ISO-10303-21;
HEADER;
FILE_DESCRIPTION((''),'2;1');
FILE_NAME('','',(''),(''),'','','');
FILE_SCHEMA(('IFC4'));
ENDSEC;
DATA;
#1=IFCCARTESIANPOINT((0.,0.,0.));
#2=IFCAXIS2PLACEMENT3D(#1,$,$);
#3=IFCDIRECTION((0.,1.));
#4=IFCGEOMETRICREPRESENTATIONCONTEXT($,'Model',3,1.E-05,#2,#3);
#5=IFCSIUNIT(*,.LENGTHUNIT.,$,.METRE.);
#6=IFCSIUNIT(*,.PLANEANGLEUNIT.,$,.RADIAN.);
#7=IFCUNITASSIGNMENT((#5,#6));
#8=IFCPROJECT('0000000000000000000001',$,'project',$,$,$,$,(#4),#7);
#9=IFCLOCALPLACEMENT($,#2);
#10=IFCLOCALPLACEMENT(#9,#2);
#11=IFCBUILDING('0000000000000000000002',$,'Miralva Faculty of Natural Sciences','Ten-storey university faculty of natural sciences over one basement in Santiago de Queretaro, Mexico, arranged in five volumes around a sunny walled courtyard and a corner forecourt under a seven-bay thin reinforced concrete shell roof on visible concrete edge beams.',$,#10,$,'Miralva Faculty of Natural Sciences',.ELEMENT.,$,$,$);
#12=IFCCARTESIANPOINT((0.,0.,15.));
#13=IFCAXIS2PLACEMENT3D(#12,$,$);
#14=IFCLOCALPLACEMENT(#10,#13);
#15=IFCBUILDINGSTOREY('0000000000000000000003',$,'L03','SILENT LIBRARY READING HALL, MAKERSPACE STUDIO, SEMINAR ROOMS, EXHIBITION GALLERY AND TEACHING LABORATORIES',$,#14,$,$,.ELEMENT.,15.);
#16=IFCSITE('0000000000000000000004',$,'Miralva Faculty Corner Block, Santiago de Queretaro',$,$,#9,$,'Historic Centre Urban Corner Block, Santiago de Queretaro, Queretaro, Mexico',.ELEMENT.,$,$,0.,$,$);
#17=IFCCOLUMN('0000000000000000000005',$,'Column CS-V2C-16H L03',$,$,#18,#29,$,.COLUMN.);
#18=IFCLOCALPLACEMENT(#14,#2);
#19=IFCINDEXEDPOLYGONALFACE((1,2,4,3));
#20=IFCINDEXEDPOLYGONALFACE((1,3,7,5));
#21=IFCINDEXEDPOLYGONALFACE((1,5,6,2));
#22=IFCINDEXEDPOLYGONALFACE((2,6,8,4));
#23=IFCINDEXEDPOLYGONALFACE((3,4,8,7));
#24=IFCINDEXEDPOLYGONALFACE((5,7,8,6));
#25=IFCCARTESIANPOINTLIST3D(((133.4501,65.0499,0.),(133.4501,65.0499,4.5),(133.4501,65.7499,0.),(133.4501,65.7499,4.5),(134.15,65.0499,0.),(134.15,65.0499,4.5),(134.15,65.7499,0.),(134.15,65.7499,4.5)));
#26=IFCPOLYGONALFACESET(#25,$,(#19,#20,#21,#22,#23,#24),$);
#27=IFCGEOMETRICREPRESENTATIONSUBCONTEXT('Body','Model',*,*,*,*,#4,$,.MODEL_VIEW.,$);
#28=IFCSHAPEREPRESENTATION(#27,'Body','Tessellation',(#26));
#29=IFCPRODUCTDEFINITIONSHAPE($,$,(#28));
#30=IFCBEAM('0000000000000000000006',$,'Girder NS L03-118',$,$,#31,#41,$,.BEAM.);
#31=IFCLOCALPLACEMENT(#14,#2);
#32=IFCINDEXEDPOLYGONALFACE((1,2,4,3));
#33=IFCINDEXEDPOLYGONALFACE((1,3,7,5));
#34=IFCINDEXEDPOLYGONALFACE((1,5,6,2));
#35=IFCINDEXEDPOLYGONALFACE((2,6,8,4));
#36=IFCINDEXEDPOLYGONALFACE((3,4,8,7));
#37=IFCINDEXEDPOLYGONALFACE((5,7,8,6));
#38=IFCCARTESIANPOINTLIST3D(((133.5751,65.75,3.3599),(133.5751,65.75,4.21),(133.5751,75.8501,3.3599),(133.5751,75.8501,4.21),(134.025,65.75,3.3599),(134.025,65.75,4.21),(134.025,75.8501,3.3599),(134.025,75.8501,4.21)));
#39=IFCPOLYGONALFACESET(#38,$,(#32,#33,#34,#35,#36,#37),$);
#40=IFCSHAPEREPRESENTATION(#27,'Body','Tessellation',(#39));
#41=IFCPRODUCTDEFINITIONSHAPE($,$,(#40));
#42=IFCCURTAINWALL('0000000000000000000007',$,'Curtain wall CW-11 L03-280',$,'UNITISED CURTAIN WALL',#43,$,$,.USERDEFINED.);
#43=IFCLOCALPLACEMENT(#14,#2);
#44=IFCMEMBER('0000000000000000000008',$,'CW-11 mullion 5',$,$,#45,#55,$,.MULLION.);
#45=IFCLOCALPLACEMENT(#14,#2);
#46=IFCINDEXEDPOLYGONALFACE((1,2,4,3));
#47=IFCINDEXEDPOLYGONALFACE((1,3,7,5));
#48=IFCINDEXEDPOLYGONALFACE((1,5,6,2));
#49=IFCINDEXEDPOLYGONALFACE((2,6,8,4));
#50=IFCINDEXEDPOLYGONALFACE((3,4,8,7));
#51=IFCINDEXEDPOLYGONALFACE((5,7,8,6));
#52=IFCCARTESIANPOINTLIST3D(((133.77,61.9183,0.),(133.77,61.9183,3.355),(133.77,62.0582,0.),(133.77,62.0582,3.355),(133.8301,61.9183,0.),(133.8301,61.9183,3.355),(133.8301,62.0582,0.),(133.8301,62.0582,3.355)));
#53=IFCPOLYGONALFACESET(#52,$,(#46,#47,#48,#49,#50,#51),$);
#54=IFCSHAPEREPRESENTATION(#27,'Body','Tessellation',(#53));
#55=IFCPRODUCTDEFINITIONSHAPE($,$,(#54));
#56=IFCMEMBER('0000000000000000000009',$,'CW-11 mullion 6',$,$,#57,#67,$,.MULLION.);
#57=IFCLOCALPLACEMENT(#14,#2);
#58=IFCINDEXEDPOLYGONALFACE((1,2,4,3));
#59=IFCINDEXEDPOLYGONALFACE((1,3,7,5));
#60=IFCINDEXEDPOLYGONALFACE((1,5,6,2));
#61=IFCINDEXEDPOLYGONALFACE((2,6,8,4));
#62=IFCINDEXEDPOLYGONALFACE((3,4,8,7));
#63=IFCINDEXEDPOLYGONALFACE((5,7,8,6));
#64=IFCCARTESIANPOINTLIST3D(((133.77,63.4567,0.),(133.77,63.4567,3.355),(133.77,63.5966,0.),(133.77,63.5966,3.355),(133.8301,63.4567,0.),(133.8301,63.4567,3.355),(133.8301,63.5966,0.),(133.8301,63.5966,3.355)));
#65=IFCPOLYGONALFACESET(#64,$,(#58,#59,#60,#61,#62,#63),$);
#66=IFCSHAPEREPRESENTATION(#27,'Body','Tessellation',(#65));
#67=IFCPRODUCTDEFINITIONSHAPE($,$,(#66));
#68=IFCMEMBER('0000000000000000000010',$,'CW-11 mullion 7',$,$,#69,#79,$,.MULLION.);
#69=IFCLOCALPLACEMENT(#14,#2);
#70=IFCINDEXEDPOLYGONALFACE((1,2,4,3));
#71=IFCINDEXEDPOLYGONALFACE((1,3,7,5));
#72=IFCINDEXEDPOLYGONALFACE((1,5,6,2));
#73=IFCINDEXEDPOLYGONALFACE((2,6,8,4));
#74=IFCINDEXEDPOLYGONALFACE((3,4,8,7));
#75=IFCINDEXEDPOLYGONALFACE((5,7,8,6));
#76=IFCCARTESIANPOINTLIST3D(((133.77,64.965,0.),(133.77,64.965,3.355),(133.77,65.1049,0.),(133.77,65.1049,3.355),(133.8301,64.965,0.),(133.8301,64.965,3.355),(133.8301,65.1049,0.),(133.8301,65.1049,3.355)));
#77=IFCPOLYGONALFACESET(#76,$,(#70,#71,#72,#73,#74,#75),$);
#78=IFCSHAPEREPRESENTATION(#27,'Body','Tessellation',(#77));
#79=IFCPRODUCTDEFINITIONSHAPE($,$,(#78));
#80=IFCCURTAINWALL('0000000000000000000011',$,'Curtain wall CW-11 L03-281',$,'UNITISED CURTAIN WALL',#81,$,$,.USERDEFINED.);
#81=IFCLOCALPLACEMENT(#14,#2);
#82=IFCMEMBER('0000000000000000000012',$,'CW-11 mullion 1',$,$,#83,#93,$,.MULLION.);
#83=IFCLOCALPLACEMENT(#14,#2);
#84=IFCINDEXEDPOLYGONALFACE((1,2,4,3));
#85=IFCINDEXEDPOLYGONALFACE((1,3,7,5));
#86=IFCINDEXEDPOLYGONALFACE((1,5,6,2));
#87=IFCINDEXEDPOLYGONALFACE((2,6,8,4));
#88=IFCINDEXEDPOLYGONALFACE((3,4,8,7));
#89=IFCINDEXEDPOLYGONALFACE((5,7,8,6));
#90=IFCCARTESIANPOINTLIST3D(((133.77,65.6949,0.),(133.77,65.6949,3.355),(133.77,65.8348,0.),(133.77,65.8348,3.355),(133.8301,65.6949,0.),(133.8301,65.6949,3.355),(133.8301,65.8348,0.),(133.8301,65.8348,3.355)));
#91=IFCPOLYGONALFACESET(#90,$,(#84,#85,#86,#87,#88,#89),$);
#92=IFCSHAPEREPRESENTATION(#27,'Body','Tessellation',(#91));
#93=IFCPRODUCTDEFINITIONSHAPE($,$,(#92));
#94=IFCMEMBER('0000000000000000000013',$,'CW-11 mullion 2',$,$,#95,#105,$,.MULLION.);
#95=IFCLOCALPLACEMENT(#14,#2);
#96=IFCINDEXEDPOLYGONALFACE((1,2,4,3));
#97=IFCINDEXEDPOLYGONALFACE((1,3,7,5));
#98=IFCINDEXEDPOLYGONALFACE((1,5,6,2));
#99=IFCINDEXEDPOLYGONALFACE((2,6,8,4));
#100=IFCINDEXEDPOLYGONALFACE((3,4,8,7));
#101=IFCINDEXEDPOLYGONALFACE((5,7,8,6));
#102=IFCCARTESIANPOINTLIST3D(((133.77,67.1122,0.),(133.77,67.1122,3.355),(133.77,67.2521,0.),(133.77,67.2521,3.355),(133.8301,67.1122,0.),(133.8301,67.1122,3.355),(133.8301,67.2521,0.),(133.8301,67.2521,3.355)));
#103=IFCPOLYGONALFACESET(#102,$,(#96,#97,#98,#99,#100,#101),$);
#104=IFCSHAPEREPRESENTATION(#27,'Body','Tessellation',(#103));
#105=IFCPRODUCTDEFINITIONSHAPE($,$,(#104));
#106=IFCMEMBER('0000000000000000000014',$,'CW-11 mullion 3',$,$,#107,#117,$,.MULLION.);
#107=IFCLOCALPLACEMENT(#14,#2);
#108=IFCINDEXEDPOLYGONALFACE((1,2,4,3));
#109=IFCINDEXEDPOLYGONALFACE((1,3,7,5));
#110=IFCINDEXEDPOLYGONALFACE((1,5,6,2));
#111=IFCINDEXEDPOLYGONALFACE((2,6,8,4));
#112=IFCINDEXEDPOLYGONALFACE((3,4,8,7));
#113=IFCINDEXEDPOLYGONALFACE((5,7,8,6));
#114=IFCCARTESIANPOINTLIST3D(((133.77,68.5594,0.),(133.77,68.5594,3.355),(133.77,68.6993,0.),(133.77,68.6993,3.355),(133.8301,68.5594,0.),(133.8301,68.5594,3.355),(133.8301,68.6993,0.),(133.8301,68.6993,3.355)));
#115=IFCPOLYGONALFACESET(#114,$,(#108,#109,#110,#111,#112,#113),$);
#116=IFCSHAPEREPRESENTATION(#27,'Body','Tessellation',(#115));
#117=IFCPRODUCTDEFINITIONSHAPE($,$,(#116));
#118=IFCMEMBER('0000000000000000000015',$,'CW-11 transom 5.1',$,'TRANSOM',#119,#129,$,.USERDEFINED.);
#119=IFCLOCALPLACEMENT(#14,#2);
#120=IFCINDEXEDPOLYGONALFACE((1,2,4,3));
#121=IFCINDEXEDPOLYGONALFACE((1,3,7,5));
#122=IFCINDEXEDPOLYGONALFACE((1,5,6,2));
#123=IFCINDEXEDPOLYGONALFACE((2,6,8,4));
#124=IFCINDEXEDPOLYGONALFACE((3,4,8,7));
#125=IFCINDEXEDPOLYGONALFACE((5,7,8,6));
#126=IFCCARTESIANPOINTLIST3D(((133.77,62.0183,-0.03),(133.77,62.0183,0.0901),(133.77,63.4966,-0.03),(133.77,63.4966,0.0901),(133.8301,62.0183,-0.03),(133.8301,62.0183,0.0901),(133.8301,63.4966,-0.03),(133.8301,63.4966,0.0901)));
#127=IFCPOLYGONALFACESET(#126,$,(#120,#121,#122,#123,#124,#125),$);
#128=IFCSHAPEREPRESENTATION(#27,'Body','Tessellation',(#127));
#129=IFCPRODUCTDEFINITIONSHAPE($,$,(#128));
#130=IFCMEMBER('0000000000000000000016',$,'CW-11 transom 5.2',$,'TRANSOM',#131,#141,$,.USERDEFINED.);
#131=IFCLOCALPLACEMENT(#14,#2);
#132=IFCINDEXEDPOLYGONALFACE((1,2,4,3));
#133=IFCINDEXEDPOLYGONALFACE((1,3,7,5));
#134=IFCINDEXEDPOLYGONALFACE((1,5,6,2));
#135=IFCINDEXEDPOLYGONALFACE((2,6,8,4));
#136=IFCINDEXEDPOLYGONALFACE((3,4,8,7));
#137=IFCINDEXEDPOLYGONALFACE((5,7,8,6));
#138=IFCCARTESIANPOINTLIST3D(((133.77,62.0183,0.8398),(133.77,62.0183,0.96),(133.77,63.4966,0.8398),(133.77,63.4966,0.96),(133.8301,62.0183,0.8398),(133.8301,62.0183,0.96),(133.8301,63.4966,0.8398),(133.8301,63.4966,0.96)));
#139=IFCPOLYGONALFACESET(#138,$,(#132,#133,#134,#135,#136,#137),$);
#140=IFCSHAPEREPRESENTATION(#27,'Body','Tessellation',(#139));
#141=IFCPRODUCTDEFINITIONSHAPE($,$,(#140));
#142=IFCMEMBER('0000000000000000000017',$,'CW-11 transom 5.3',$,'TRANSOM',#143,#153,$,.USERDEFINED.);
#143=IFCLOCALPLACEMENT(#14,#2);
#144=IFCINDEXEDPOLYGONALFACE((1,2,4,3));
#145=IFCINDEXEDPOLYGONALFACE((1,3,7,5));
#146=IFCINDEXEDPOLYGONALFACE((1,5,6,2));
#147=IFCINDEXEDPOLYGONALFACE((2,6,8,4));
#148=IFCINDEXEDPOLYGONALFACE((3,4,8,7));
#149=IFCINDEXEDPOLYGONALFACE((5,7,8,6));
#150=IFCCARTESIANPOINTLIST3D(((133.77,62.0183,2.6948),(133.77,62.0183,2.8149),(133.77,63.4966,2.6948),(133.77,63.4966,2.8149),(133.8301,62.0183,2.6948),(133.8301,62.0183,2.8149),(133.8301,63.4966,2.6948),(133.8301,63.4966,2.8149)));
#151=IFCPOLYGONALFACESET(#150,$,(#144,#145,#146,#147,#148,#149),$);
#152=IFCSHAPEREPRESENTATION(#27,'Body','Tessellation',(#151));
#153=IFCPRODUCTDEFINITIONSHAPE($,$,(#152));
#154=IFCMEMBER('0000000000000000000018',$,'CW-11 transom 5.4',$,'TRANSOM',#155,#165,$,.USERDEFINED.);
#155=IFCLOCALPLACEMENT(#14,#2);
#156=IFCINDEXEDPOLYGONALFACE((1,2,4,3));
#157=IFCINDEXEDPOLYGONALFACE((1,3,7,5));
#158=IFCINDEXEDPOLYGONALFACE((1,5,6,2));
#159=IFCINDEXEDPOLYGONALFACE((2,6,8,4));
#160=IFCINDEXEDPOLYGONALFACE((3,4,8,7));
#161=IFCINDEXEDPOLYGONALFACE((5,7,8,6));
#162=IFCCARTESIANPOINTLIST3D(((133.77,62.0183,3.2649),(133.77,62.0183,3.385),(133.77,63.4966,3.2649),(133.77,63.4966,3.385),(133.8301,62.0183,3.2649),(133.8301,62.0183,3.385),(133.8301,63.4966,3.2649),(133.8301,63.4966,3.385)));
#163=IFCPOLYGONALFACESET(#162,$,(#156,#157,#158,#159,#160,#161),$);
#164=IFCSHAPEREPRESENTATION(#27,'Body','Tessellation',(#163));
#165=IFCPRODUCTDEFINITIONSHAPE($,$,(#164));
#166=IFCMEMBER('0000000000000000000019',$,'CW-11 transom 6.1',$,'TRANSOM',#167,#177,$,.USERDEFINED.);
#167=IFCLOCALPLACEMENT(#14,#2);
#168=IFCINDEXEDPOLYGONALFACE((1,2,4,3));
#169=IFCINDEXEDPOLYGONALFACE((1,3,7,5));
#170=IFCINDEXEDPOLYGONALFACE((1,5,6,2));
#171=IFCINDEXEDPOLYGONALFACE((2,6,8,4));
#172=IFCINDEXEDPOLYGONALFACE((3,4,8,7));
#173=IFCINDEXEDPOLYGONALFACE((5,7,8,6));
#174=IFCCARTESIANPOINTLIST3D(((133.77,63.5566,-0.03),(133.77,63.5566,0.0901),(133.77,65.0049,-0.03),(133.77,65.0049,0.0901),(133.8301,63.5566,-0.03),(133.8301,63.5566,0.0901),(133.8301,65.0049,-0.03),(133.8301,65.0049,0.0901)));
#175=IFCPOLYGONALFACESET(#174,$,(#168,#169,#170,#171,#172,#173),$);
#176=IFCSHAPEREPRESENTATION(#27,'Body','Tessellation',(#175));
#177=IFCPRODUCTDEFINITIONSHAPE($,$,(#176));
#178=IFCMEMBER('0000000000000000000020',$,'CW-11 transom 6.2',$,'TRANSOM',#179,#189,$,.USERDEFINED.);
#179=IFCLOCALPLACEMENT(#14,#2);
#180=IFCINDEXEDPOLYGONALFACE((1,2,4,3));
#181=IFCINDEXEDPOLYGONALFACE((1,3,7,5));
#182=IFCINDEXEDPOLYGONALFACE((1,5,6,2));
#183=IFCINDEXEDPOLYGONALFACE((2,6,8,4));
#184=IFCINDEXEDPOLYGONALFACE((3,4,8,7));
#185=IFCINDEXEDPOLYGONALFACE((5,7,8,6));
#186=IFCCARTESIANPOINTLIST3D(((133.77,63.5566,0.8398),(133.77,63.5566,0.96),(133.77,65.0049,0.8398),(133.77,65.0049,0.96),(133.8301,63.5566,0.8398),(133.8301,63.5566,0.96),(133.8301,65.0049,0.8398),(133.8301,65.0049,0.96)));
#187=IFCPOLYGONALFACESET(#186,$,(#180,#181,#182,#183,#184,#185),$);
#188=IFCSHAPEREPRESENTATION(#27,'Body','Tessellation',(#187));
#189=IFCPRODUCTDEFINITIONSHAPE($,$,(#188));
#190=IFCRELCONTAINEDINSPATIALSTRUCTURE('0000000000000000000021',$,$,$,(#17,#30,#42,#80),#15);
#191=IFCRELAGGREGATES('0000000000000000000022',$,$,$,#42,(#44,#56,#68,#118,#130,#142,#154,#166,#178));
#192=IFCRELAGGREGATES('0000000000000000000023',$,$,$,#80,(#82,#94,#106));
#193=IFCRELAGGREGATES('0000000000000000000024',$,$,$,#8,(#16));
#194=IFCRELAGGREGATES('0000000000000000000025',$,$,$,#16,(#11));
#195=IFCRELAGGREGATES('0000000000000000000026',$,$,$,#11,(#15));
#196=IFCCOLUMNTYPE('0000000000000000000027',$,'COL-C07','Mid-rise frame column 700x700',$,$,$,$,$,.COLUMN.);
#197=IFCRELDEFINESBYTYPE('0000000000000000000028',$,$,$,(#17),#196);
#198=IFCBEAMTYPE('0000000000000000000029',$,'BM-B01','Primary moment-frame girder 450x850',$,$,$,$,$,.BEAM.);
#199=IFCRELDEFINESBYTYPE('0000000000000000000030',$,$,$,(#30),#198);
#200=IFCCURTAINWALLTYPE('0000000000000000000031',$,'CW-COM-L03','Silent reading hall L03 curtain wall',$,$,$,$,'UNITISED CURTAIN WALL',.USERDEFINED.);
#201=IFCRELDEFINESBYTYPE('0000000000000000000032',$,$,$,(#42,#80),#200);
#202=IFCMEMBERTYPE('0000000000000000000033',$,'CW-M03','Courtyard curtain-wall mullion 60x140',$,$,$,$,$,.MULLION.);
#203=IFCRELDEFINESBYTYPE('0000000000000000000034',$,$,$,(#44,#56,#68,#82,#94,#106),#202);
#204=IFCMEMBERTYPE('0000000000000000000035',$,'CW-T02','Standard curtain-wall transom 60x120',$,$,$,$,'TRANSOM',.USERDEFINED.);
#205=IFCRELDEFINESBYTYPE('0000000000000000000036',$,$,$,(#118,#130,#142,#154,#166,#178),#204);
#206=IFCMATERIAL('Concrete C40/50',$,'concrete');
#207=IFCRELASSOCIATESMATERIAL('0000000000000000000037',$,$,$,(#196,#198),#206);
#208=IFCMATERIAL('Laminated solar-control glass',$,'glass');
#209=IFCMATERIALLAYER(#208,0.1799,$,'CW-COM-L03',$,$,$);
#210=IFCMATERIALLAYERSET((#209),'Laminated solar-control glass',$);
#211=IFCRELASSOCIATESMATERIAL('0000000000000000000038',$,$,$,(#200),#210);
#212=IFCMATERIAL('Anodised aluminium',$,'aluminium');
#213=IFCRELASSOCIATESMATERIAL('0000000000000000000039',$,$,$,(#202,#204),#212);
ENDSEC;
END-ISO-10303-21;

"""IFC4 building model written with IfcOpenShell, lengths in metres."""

from ifc_helpers import new_model, si_unit, direction, frame, origin, origin_2d, place, context, subcontext, project, spatial, rectangle, extrude, material, layer, layer_set, material_profile, profile_set, type_object, element, aggregate, save


model = new_model("IFC4")

# Units and contexts
model_context = context("Model", 3, precision=1e-05, world=origin(), true_north=direction((0.0, 1.0)))
body_context = subcontext(model_context, "Body", "Model", "MODEL_VIEW")
ifc_project = project(units=[si_unit("LENGTHUNIT", "METRE"), si_unit("PLANEANGLEUNIT", "RADIAN")], contexts=[model_context])

# Site, building, storey
site_placement = place(None, origin())
site = spatial("IfcSite", under=ifc_project, at=site_placement, Name="Miralva Faculty Corner Block, Santiago de Queretaro", LongName="Historic Centre Urban Corner Block, Santiago de Queretaro, Queretaro, Mexico", CompositionType="ELEMENT", RefElevation=0.0)
building_placement = place(site_placement, origin())
building = spatial("IfcBuilding", under=site, at=building_placement, Name="Miralva Faculty of Natural Sciences", Description="Ten-storey university faculty of natural sciences over one basement in Santiago de Queretaro, Mexico, arranged in five volumes around a sunny walled courtyard and a corner forecourt under a seven-bay thin reinforced concrete shell roof on visible concrete edge beams.", LongName="Miralva Faculty of Natural Sciences", CompositionType="ELEMENT")
storey_placement = place(building_placement, frame((0.0, 0.0, 15.0)))
storey = spatial("IfcBuildingStorey", under=building, at=storey_placement, Name="L03", Description="SILENT LIBRARY READING HALL, MAKERSPACE STUDIO, SEMINAR ROOMS, EXHIBITION GALLERY AND TEACHING LABORATORIES", CompositionType="ELEMENT", Elevation=15.0)

# Column
ifc_material_1 = material(Name="Concrete C40/50", Category="concrete")
ifc_material_profile_1 = material_profile(ifc_material_1, rectangle(XDim=0.7, YDim=0.7, at=origin_2d()), Name="RC 700x700")
ifc_profile_set_1 = profile_set([ifc_material_profile_1], Name="Concrete C40/50")
column_type = type_object("IfcColumnType", Name="COL-C07", Description="Mid-rise frame column 700x700", PredefinedType="COLUMN", material=ifc_profile_set_1)
column_placement = place(storey_placement, frame((133.8, 65.3999, 0.0), z_axis=(0.0, 0.0, 1.0), x_axis=(1.0, 0.0, 0.0)))
element("IfcColumn", 1, at=column_placement, inside=storey, type_object=column_type, Name="Column CS-V2C-16H L03", PredefinedType="COLUMN", context=body_context, shape_type="SweptSolid", body=[
    extrude(rectangle(XDim=0.7, YDim=0.7, at=origin_2d()), origin(), (0.0, 0.0, 1.0), 4.5),
])

# Beam
ifc_material_profile_2 = material_profile(ifc_material_1, rectangle(XDim=0.45, YDim=0.8501, at=origin_2d()), Name="RC 450x850")
ifc_profile_set_2 = profile_set([ifc_material_profile_2], Name="Concrete C40/50")
beam_type = type_object("IfcBeamType", Name="BM-B01", Description="Primary moment-frame girder 450x850", PredefinedType="BEAM", material=ifc_profile_set_2)
beam_placement = place(storey_placement, frame((133.8, 65.75, 3.7849), z_axis=(0.0, 1.0, 0.0), x_axis=(-1.0, 0.0, 0.0)))
element("IfcBeam", 2, at=beam_placement, inside=storey, type_object=beam_type, Name="Girder NS L03-118", PredefinedType="BEAM", context=body_context, shape_type="SweptSolid", body=[
    extrude(rectangle(XDim=0.45, YDim=0.8501, at=origin_2d()), origin(), (0.0, 0.0, 1.0), 10.1001),
])

# Curtain walls, members
ifc_material_2 = material(Name="Laminated solar-control glass", Category="glass")
ifc_layer_1 = layer(ifc_material_2, 0.1799, Name="CW-COM-L03")
ifc_layer_set_1 = layer_set([ifc_layer_1], Name="Laminated solar-control glass")
curtain_wall_type = type_object("IfcCurtainWallType", Name="CW-COM-L03", Description="Silent reading hall L03 curtain wall", ElementType="UNITISED CURTAIN WALL", PredefinedType="USERDEFINED", material=ifc_layer_set_1)
curtain_wall_1_placement = place(storey_placement, origin())
curtain_wall_1 = element("IfcCurtainWall", 3, at=curtain_wall_1_placement, inside=storey, type_object=curtain_wall_type, Name="Curtain wall CW-11 L03-280", ObjectType="UNITISED CURTAIN WALL", PredefinedType="USERDEFINED")
ifc_material_3 = material(Name="Anodised aluminium", Category="aluminium")
ifc_material_profile_3 = material_profile(ifc_material_3, rectangle(XDim=0.0601, YDim=0.1399, at=origin_2d()), Name="MULLION 60x140")
ifc_profile_set_3 = profile_set([ifc_material_profile_3], Name="Anodised aluminium")
member_type_1 = type_object("IfcMemberType", Name="CW-M03", Description="Courtyard curtain-wall mullion 60x140", PredefinedType="MULLION", material=ifc_profile_set_3)
member_1_placement = place(storey_placement, frame((133.8, 61.9883, 0.0), z_axis=(0.0, 0.0, 1.0), x_axis=(-1.0, 0.0, 0.0)))
member_1 = element("IfcMember", 4, at=member_1_placement, type_object=member_type_1, Name="CW-11 mullion 5", PredefinedType="MULLION", context=body_context, shape_type="SweptSolid", body=[
    extrude(rectangle(XDim=0.0601, YDim=0.1399, at=origin_2d()), origin(), (0.0, 0.0, 1.0), 3.355),
])
member_2_placement = place(storey_placement, frame((133.8, 63.5266, 0.0), z_axis=(0.0, 0.0, 1.0), x_axis=(-1.0, 0.0, 0.0)))
member_2 = element("IfcMember", 5, at=member_2_placement, type_object=member_type_1, Name="CW-11 mullion 6", PredefinedType="MULLION", context=body_context, shape_type="SweptSolid", body=[
    extrude(rectangle(XDim=0.0601, YDim=0.1399, at=origin_2d()), origin(), (0.0, 0.0, 1.0), 3.355),
])
member_3_placement = place(storey_placement, frame((133.8, 65.0349, 0.0), z_axis=(0.0, 0.0, 1.0), x_axis=(-1.0, 0.0, 0.0)))
member_3 = element("IfcMember", 6, at=member_3_placement, type_object=member_type_1, Name="CW-11 mullion 7", PredefinedType="MULLION", context=body_context, shape_type="SweptSolid", body=[
    extrude(rectangle(XDim=0.0601, YDim=0.1399, at=origin_2d()), origin(), (0.0, 0.0, 1.0), 3.355),
])
curtain_wall_2_placement = place(storey_placement, origin())
curtain_wall_2 = element("IfcCurtainWall", 7, at=curtain_wall_2_placement, inside=storey, type_object=curtain_wall_type, Name="Curtain wall CW-11 L03-281", ObjectType="UNITISED CURTAIN WALL", PredefinedType="USERDEFINED")
member_4_placement = place(storey_placement, frame((133.8, 65.7649, 0.0), z_axis=(0.0, 0.0, 1.0), x_axis=(-1.0, 0.0, 0.0)))
member_4 = element("IfcMember", 8, at=member_4_placement, type_object=member_type_1, Name="CW-11 mullion 1", PredefinedType="MULLION", context=body_context, shape_type="SweptSolid", body=[
    extrude(rectangle(XDim=0.0601, YDim=0.1399, at=origin_2d()), origin(), (0.0, 0.0, 1.0), 3.355),
])
member_5_placement = place(storey_placement, frame((133.8, 67.1821, 0.0), z_axis=(0.0, 0.0, 1.0), x_axis=(-1.0, 0.0, 0.0)))
member_5 = element("IfcMember", 9, at=member_5_placement, type_object=member_type_1, Name="CW-11 mullion 2", PredefinedType="MULLION", context=body_context, shape_type="SweptSolid", body=[
    extrude(rectangle(XDim=0.0601, YDim=0.1399, at=origin_2d()), origin(), (0.0, 0.0, 1.0), 3.355),
])
member_6_placement = place(storey_placement, frame((133.8, 68.6294, 0.0), z_axis=(0.0, 0.0, 1.0), x_axis=(-1.0, 0.0, 0.0)))
member_6 = element("IfcMember", 10, at=member_6_placement, type_object=member_type_1, Name="CW-11 mullion 3", PredefinedType="MULLION", context=body_context, shape_type="SweptSolid", body=[
    extrude(rectangle(XDim=0.0601, YDim=0.1399, at=origin_2d()), origin(), (0.0, 0.0, 1.0), 3.355),
])

# Members
ifc_material_profile_4 = material_profile(ifc_material_3, rectangle(XDim=0.0601, YDim=0.1201, at=origin_2d()), Name="TRANSOM 60x120")
ifc_profile_set_4 = profile_set([ifc_material_profile_4], Name="Anodised aluminium")
member_type_2 = type_object("IfcMemberType", Name="CW-T02", Description="Standard curtain-wall transom 60x120", ElementType="TRANSOM", PredefinedType="USERDEFINED", material=ifc_profile_set_4)
member_7_placement = place(storey_placement, frame((133.8, 62.0183, 0.03), z_axis=(0.0, 1.0, 0.0), x_axis=(-1.0, 0.0, 0.0)))
member_7 = element("IfcMember", 11, at=member_7_placement, type_object=member_type_2, Name="CW-11 transom 5.1", ObjectType="TRANSOM", PredefinedType="USERDEFINED", context=body_context, shape_type="SweptSolid", body=[
    extrude(rectangle(XDim=0.0601, YDim=0.1201, at=origin_2d()), origin(), (0.0, 0.0, 1.0), 1.4783),
])
member_8_placement = place(storey_placement, frame((133.8, 62.0183, 0.8999), z_axis=(0.0, 1.0, 0.0), x_axis=(-1.0, 0.0, 0.0)))
member_8 = element("IfcMember", 12, at=member_8_placement, type_object=member_type_2, Name="CW-11 transom 5.2", ObjectType="TRANSOM", PredefinedType="USERDEFINED", context=body_context, shape_type="SweptSolid", body=[
    extrude(rectangle(XDim=0.0601, YDim=0.1201, at=origin_2d()), origin(), (0.0, 0.0, 1.0), 1.4783),
])
member_9_placement = place(storey_placement, frame((133.8, 62.0183, 2.7549), z_axis=(0.0, 1.0, 0.0), x_axis=(-1.0, 0.0, 0.0)))
member_9 = element("IfcMember", 13, at=member_9_placement, type_object=member_type_2, Name="CW-11 transom 5.3", ObjectType="TRANSOM", PredefinedType="USERDEFINED", context=body_context, shape_type="SweptSolid", body=[
    extrude(rectangle(XDim=0.0601, YDim=0.1201, at=origin_2d()), origin(), (0.0, 0.0, 1.0), 1.4783),
])
member_10_placement = place(storey_placement, frame((133.8, 62.0183, 3.325), z_axis=(0.0, 1.0, 0.0), x_axis=(-1.0, 0.0, 0.0)))
member_10 = element("IfcMember", 14, at=member_10_placement, type_object=member_type_2, Name="CW-11 transom 5.4", ObjectType="TRANSOM", PredefinedType="USERDEFINED", context=body_context, shape_type="SweptSolid", body=[
    extrude(rectangle(XDim=0.0601, YDim=0.1201, at=origin_2d()), origin(), (0.0, 0.0, 1.0), 1.4783),
])
member_11_placement = place(storey_placement, frame((133.8, 63.5566, 0.03), z_axis=(0.0, 1.0, 0.0), x_axis=(-1.0, 0.0, 0.0)))
member_11 = element("IfcMember", 15, at=member_11_placement, type_object=member_type_2, Name="CW-11 transom 6.1", ObjectType="TRANSOM", PredefinedType="USERDEFINED", context=body_context, shape_type="SweptSolid", body=[
    extrude(rectangle(XDim=0.0601, YDim=0.1201, at=origin_2d()), origin(), (0.0, 0.0, 1.0), 1.4482),
])
member_12_placement = place(storey_placement, frame((133.8, 63.5566, 0.8999), z_axis=(0.0, 1.0, 0.0), x_axis=(-1.0, 0.0, 0.0)))
member_12 = element("IfcMember", 16, at=member_12_placement, type_object=member_type_2, Name="CW-11 transom 6.2", ObjectType="TRANSOM", PredefinedType="USERDEFINED", context=body_context, shape_type="SweptSolid", body=[
    extrude(rectangle(XDim=0.0601, YDim=0.1201, at=origin_2d()), origin(), (0.0, 0.0, 1.0), 1.4482),
])

aggregate(curtain_wall_1, [member_1, member_2, member_3, member_7, member_8, member_9, member_10, member_11, member_12])
aggregate(curtain_wall_2, [member_4, member_5, member_6])

save(model, "model.ifc")
